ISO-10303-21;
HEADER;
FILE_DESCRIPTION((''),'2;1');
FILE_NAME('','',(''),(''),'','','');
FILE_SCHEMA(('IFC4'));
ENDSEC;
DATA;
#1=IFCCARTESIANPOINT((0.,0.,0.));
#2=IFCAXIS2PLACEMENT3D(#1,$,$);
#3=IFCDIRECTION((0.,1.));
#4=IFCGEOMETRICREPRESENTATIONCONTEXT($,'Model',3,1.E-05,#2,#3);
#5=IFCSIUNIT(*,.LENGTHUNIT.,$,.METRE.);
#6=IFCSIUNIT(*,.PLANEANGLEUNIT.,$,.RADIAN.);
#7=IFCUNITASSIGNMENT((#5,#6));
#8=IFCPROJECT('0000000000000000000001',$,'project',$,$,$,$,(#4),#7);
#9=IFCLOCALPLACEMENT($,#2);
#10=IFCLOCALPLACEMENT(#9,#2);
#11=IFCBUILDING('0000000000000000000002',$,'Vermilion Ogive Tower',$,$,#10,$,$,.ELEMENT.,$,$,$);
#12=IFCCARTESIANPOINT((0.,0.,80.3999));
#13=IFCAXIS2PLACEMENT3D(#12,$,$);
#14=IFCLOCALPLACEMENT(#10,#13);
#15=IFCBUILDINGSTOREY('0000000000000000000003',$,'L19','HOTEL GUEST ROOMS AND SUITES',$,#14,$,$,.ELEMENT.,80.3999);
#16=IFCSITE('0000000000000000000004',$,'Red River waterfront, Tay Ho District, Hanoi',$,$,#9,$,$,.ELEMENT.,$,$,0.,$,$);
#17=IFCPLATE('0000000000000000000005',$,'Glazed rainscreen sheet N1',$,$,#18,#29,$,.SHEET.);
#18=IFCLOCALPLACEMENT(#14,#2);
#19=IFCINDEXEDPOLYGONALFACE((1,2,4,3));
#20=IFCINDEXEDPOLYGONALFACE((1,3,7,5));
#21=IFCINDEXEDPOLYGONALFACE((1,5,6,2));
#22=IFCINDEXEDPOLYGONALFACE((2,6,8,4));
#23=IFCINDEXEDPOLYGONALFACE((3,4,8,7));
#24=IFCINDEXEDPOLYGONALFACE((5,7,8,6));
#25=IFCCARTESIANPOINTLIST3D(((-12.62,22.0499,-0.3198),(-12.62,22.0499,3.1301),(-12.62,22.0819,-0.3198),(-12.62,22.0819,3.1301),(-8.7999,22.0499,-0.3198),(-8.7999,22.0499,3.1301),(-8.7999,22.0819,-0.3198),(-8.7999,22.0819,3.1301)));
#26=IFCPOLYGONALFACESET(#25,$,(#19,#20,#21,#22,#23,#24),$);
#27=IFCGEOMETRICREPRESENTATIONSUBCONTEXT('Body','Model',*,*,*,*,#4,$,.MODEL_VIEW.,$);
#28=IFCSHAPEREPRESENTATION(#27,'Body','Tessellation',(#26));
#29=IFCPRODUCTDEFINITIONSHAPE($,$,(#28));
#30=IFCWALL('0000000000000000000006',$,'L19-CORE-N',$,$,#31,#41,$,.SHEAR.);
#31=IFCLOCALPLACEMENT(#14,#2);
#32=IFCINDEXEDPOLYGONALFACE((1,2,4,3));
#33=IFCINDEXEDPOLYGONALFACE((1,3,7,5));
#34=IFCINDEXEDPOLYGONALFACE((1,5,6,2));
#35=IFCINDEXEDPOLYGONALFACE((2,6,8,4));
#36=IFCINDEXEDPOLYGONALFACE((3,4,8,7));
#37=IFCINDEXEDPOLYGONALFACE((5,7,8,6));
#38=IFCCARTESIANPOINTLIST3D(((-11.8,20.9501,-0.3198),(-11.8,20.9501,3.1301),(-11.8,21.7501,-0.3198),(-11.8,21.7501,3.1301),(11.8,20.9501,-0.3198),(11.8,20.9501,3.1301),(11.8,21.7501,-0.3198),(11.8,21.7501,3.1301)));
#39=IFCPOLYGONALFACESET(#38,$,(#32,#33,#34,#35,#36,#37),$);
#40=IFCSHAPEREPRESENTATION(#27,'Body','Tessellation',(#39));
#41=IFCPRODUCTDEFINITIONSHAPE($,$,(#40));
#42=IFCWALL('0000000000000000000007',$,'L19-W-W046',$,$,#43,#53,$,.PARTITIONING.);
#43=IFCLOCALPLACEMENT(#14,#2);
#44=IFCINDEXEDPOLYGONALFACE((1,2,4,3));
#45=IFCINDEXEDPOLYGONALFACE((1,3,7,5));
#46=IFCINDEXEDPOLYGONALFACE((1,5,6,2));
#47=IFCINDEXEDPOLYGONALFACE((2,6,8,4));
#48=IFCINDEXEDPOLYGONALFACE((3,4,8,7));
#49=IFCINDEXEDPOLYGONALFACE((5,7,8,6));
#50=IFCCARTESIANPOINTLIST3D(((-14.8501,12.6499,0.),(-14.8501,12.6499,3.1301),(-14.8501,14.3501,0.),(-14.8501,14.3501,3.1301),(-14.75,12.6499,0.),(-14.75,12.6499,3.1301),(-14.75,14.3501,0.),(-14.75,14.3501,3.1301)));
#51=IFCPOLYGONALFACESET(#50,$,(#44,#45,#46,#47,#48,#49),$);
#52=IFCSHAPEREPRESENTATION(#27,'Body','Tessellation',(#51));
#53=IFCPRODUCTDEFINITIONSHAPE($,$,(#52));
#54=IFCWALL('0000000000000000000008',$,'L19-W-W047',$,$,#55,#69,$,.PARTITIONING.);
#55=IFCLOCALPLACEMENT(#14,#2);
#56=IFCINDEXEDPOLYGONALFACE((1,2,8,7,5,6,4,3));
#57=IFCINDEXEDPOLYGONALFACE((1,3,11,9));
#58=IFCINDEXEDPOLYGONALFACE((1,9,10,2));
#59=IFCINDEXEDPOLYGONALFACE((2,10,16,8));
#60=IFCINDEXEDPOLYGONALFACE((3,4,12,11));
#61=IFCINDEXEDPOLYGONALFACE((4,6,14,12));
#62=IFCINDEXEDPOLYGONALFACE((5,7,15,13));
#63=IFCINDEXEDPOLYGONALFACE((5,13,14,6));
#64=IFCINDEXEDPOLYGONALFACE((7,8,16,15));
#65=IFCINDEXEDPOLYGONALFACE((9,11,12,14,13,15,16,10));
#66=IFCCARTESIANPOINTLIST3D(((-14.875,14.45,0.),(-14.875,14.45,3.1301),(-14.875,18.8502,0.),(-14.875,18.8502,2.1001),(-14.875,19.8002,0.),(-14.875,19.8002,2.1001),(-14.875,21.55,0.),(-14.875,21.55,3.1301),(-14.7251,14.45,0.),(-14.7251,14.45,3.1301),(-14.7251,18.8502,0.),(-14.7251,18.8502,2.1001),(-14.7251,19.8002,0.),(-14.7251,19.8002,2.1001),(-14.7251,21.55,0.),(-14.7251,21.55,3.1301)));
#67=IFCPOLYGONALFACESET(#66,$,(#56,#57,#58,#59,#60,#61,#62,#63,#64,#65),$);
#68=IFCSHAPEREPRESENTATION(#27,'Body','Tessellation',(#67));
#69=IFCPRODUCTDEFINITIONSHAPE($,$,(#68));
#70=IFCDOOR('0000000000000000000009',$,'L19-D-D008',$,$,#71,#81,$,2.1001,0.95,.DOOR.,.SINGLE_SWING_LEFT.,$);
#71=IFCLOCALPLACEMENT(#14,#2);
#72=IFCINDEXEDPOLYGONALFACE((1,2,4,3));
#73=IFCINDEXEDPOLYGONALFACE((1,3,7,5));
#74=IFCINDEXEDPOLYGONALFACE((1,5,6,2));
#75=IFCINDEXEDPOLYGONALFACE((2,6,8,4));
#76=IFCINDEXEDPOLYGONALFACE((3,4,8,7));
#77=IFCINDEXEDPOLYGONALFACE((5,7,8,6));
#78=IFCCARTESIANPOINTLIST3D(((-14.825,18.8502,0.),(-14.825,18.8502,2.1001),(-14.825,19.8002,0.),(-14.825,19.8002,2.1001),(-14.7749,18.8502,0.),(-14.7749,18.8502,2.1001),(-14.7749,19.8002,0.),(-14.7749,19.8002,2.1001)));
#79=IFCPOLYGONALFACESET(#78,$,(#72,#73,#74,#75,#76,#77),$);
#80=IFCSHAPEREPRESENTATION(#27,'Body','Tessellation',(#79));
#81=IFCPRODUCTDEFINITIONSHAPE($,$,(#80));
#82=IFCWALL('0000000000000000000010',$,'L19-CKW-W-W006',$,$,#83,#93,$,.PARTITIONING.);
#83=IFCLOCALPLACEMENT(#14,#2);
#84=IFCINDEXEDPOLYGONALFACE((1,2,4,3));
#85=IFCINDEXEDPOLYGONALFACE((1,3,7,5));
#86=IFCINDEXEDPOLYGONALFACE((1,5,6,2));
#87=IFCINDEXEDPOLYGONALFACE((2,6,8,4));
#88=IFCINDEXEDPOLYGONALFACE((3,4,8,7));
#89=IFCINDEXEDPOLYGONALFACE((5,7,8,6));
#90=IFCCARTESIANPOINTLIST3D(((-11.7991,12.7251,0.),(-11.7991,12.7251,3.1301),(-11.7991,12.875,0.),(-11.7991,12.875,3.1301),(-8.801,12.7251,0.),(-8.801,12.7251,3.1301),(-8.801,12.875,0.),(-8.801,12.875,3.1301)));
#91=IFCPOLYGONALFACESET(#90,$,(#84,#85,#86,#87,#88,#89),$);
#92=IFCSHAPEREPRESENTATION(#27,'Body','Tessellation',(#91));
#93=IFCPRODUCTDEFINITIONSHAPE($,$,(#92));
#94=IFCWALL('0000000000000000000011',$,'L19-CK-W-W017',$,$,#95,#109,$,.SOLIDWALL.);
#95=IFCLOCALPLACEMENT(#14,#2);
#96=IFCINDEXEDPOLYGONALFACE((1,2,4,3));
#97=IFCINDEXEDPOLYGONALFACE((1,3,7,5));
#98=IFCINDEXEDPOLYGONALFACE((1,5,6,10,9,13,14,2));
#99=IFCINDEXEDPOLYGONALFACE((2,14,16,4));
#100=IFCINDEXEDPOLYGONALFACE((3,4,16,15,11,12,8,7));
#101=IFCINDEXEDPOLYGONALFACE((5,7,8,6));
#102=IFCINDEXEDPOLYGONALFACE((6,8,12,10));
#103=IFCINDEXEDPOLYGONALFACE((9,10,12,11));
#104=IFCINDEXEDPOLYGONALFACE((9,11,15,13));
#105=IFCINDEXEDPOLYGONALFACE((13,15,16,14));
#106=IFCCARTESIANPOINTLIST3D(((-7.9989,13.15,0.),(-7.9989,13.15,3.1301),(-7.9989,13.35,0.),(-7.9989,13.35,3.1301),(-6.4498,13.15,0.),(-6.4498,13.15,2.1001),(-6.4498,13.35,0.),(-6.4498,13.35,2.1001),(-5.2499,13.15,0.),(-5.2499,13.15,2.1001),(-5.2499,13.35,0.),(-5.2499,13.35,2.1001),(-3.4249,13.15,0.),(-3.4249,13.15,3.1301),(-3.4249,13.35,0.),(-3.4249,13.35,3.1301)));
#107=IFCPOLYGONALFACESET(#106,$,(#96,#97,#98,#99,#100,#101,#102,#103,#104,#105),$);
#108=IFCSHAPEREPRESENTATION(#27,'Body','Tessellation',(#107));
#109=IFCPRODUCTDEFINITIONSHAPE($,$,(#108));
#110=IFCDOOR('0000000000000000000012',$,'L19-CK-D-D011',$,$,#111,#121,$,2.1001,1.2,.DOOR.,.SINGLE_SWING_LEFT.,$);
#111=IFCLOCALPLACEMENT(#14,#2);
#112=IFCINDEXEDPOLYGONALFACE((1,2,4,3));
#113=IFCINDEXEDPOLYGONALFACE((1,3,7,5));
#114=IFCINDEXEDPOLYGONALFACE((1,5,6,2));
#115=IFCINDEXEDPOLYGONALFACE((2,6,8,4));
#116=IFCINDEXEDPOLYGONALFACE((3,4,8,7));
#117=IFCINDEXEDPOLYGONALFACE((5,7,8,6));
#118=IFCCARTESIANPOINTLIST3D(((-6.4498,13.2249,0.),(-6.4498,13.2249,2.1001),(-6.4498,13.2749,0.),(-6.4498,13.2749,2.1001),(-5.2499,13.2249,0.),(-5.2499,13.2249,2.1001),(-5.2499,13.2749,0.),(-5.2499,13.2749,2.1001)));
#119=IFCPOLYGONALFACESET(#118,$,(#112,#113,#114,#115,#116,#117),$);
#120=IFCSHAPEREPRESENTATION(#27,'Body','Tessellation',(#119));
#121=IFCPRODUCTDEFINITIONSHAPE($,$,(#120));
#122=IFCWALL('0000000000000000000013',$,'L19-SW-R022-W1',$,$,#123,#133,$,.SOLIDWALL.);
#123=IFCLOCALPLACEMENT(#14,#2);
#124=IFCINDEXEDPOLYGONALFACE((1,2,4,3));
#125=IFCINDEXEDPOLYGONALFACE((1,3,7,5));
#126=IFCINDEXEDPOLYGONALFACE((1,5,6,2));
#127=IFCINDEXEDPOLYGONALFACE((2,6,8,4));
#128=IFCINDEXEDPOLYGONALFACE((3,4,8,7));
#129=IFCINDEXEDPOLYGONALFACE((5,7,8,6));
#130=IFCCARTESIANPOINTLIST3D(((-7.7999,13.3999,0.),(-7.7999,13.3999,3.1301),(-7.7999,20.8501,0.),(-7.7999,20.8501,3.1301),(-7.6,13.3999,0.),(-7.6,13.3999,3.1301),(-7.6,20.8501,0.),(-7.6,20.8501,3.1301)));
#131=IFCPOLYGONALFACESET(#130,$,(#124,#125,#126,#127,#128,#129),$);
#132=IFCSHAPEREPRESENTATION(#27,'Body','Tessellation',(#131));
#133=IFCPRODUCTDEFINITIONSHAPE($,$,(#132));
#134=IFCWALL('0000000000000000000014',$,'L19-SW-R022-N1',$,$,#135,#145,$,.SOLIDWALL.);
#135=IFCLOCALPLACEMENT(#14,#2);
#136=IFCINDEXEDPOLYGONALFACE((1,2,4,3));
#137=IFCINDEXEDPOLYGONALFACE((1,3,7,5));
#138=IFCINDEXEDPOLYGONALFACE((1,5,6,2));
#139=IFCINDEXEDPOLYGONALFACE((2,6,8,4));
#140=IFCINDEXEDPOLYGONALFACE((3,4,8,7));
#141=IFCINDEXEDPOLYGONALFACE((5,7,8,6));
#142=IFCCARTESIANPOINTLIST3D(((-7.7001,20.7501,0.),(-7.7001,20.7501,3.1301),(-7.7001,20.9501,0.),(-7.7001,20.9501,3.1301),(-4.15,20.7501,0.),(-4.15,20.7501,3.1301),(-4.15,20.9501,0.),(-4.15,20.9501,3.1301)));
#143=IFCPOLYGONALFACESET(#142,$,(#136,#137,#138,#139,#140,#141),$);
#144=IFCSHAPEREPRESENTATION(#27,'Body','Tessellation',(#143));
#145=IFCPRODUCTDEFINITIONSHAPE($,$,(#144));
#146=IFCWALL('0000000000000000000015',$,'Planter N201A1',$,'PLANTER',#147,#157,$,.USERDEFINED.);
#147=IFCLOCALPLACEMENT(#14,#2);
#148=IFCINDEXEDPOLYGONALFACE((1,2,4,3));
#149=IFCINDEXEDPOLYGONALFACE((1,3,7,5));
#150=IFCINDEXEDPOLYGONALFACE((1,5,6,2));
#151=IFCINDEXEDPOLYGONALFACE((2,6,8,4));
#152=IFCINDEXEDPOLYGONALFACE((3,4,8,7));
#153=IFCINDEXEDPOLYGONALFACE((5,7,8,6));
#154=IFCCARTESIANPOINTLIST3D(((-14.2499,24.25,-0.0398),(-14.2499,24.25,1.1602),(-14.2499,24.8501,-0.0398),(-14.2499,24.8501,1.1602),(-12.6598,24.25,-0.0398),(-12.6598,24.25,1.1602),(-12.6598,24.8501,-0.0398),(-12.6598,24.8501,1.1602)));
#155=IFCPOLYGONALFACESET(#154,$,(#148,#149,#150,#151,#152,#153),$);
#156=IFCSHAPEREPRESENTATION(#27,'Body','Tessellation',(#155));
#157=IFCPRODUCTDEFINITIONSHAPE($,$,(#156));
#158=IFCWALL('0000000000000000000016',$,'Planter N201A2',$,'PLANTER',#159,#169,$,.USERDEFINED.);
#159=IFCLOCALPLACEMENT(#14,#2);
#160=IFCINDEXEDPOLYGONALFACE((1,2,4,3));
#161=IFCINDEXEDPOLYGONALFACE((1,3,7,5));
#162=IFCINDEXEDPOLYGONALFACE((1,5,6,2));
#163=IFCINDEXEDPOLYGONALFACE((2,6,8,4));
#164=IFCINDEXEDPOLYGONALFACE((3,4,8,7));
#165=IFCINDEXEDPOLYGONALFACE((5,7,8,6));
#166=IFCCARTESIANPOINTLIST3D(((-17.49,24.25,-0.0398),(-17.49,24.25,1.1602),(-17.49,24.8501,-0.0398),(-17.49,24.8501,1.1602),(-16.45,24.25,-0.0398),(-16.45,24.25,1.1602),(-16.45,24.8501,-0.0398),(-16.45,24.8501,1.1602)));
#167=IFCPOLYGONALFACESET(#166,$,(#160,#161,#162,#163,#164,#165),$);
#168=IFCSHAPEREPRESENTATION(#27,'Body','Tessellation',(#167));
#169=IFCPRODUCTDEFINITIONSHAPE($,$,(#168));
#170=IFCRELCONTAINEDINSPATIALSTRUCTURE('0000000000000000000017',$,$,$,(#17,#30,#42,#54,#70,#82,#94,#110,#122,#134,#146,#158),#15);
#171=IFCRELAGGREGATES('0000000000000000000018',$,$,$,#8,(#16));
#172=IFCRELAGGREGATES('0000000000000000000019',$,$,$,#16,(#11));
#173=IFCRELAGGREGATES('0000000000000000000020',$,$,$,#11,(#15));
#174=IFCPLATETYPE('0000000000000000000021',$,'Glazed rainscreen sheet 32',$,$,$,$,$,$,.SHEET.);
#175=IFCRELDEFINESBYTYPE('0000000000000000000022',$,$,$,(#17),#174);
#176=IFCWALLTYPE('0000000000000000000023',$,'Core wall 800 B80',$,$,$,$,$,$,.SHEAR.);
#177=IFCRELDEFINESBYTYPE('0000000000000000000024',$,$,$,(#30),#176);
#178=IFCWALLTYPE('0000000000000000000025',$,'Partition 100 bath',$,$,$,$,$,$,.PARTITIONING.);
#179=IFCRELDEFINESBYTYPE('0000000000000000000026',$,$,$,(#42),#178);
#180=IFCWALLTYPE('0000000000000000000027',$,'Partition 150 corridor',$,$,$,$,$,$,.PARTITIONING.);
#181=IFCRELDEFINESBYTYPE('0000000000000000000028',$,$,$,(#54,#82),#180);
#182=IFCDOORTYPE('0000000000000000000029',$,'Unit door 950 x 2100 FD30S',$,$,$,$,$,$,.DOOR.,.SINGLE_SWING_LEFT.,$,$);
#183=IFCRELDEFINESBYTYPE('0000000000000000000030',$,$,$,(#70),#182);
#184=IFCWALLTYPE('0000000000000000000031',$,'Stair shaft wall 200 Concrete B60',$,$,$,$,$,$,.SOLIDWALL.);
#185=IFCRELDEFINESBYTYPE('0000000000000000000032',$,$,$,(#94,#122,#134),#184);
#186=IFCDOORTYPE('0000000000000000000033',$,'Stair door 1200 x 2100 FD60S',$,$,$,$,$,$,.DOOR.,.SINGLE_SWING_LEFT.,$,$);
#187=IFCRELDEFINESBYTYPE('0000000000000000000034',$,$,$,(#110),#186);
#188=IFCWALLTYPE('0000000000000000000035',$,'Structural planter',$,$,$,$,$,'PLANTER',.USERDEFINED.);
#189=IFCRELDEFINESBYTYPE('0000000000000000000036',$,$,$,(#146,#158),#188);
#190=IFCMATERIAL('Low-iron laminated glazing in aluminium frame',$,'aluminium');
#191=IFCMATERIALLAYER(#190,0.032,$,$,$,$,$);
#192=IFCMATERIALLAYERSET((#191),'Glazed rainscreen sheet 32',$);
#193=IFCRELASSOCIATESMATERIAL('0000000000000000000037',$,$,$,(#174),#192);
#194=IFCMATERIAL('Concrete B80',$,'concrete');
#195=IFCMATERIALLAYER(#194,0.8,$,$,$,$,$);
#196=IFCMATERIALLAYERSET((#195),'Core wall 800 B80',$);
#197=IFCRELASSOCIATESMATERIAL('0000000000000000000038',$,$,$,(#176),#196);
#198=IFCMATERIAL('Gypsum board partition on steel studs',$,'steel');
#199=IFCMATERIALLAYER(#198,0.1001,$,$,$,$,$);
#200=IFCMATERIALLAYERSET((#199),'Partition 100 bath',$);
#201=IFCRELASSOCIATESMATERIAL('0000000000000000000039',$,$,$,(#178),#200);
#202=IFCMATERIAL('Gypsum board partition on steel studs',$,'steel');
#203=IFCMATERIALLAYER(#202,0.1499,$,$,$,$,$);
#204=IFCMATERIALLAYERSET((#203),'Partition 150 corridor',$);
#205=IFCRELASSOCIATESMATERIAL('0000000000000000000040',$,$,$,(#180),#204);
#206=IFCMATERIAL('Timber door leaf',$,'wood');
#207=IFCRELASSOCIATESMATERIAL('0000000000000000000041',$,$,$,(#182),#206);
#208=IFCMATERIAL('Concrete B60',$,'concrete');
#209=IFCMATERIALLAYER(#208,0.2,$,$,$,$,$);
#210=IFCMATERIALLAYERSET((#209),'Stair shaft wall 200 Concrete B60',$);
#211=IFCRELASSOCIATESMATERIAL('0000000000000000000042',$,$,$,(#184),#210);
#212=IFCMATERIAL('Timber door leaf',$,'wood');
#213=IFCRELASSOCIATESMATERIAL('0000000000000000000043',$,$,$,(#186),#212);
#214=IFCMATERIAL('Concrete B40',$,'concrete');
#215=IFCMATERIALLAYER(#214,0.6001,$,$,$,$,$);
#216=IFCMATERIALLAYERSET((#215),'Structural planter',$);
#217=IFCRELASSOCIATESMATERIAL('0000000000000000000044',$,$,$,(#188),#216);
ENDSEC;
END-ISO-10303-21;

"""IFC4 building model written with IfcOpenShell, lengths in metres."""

from ifc_helpers import new_model, si_unit, direction, frame, frame_2d, origin, origin_2d, place, context, subcontext, project, spatial, rectangle, extrude, material, layer, layer_set, type_object, element, fill, save


model = new_model("IFC4")

# Units and contexts
model_context = context("Model", 3, precision=1e-05, world=origin(), true_north=direction((0.0, 1.0)))
body_context = subcontext(model_context, "Body", "Model", "MODEL_VIEW")
ifc_project = project(units=[si_unit("LENGTHUNIT", "METRE"), si_unit("PLANEANGLEUNIT", "RADIAN")], contexts=[model_context])

# Site, building, storey
site_placement = place(None, origin())
site = spatial("IfcSite", under=ifc_project, at=site_placement, Name="Red River waterfront, Tay Ho District, Hanoi", CompositionType="ELEMENT", RefElevation=0.0)
building_placement = place(site_placement, origin())
building = spatial("IfcBuilding", under=site, at=building_placement, Name="Vermilion Ogive Tower", CompositionType="ELEMENT")
storey_placement = place(building_placement, frame((0.0, 0.0, 80.3999)))
storey = spatial("IfcBuildingStorey", under=building, at=storey_placement, Name="L19", Description="HOTEL GUEST ROOMS AND SUITES", CompositionType="ELEMENT", Elevation=80.3999)

# Plate
ifc_material_1 = material(Name="Low-iron laminated glazing in aluminium frame", Category="aluminium")
ifc_layer_1 = layer(ifc_material_1, 0.032)
ifc_layer_set_1 = layer_set([ifc_layer_1], Name="Glazed rainscreen sheet 32")
plate_type = type_object("IfcPlateType", Name="Glazed rainscreen sheet 32", PredefinedType="SHEET", material=ifc_layer_set_1)
plate_placement = place(storey_placement, frame((-10.71, 22.0659, -0.3198), z_axis=(0.0, 0.0, 1.0), x_axis=(1.0, 0.0, 0.0)))
element("IfcPlate", 1, at=plate_placement, inside=storey, type_object=plate_type, Name="Glazed rainscreen sheet N1", PredefinedType="SHEET", context=body_context, shape_type="SweptSolid", body=[
    extrude(rectangle(XDim=3.8201, YDim=0.032, at=origin_2d()), origin(), (0.0, 0.0, 1.0), 3.45),
])

# Walls
ifc_material_2 = material(Name="Concrete B80", Category="concrete")
ifc_layer_2 = layer(ifc_material_2, 0.8)
ifc_layer_set_2 = layer_set([ifc_layer_2], Name="Core wall 800 B80")
wall_type_1 = type_object("IfcWallType", Name="Core wall 800 B80", PredefinedType="SHEAR", material=ifc_layer_set_2)
wall_1_placement = place(storey_placement, frame((-11.8, 21.3501, -0.3198), z_axis=(0.0, 0.0, 1.0), x_axis=(1.0, 0.0, 0.0)))
element("IfcWall", 2, at=wall_1_placement, inside=storey, type_object=wall_type_1, Name="L19-CORE-N", PredefinedType="SHEAR", context=body_context, shape_type="SweptSolid", body=[
    extrude(rectangle(XDim=23.6001, YDim=0.8, at=frame_2d((11.8, 0.0))), origin(), (0.0, 0.0, 1.0), 3.45),
])
ifc_material_3 = material(Name="Gypsum board partition on steel studs", Category="steel")
ifc_layer_3 = layer(ifc_material_3, 0.1001)
ifc_layer_set_3 = layer_set([ifc_layer_3], Name="Partition 100 bath")
wall_type_2 = type_object("IfcWallType", Name="Partition 100 bath", PredefinedType="PARTITIONING", material=ifc_layer_set_3)
wall_2_placement = place(storey_placement, frame((-14.8, 12.6499, 0.0), z_axis=(0.0, 0.0, 1.0), x_axis=(0.0, 1.0, 0.0)))
element("IfcWall", 3, at=wall_2_placement, inside=storey, type_object=wall_type_2, Name="L19-W-W046", PredefinedType="PARTITIONING", context=body_context, shape_type="SweptSolid", body=[
    extrude(rectangle(XDim=1.7002, YDim=0.1001, at=frame_2d((0.8501, 0.0))), origin(), (0.0, 0.0, 1.0), 3.1301),
])

# Wall, opening, door
ifc_material_4 = material(Name="Gypsum board partition on steel studs", Category="steel")
ifc_layer_4 = layer(ifc_material_4, 0.1499)
ifc_layer_set_4 = layer_set([ifc_layer_4], Name="Partition 150 corridor")
wall_type_3 = type_object("IfcWallType", Name="Partition 150 corridor", PredefinedType="PARTITIONING", material=ifc_layer_set_4)
wall_3_placement = place(storey_placement, frame((-14.8, 14.45, 0.0), z_axis=(0.0, 0.0, 1.0), x_axis=(0.0, 1.0, 0.0)))
wall_3 = element("IfcWall", 4, at=wall_3_placement, inside=storey, type_object=wall_type_3, Name="L19-W-W047", PredefinedType="PARTITIONING", context=body_context, shape_type="SweptSolid", body=[
    extrude(rectangle(XDim=7.1001, YDim=0.1499, at=frame_2d((3.55, 0.0))), origin(), (0.0, 0.0, 1.0), 3.1301),
])
opening_1_placement = place(wall_3_placement, frame((4.4001, 0.0, 0.0)))
opening_1 = element("IfcOpeningElement", 5, at=opening_1_placement, cuts=wall_3, PredefinedType="OPENING", context=body_context, shape_type="SweptSolid", body=[
    extrude(rectangle(XDim=0.95, YDim=2.1001, at=frame_2d((0.4751, 1.05))), frame((0.0, 0.085, 0.0), z_axis=(0.0, -1.0, 0.0), x_axis=(1.0, 0.0, 0.0)), (0.0, 0.0, 1.0), 0.1699),
])
ifc_material_5 = material(Name="Timber door leaf", Category="wood")
door_type_1 = type_object("IfcDoorType", Name="Unit door 950 x 2100 FD30S", OperationType="SINGLE_SWING_LEFT", PredefinedType="DOOR", material=ifc_material_5)
door_1_placement = place(opening_1_placement, origin())
door_1 = element("IfcDoor", 6, at=door_1_placement, inside=storey, type_object=door_type_1, Name="L19-D-D008", OperationType="SINGLE_SWING_LEFT", OverallHeight=2.1001, OverallWidth=0.95, PredefinedType="DOOR", context=body_context, shape_type="SweptSolid", body=[
    extrude(rectangle(XDim=0.95, YDim=2.1001, at=frame_2d((0.4751, 1.05))), frame((0.0, 0.0249, 0.0), z_axis=(0.0, -1.0, 0.0), x_axis=(1.0, 0.0, 0.0)), (0.0, 0.0, 1.0), 0.05),
])
fill(opening_1, door_1)

# Wall
wall_4_placement = place(storey_placement, frame((-11.7991, 12.8, 0.0), z_axis=(0.0, 0.0, 1.0), x_axis=(1.0, 0.0, 0.0)))
element("IfcWall", 7, at=wall_4_placement, inside=storey, type_object=wall_type_3, Name="L19-CKW-W-W006", PredefinedType="PARTITIONING", context=body_context, shape_type="SweptSolid", body=[
    extrude(rectangle(XDim=2.998, YDim=0.1499, at=frame_2d((1.499, 0.0))), origin(), (0.0, 0.0, 1.0), 3.1301),
])

# Wall, opening, door
ifc_material_6 = material(Name="Concrete B60", Category="concrete")
ifc_layer_5 = layer(ifc_material_6, 0.2)
ifc_layer_set_5 = layer_set([ifc_layer_5], Name="Stair shaft wall 200 Concrete B60")
wall_type_4 = type_object("IfcWallType", Name="Stair shaft wall 200 Concrete B60", PredefinedType="SOLIDWALL", material=ifc_layer_set_5)
wall_5_placement = place(storey_placement, frame((-7.999, 13.25, 0.0), z_axis=(0.0, 0.0, 1.0), x_axis=(1.0, 0.0, 0.0)))
wall_5 = element("IfcWall", 8, at=wall_5_placement, inside=storey, type_object=wall_type_4, Name="L19-CK-W-W017", PredefinedType="SOLIDWALL", context=body_context, shape_type="SweptSolid", body=[
    extrude(rectangle(XDim=4.574, YDim=0.2, at=frame_2d((2.2871, 0.0))), origin(), (0.0, 0.0, 1.0), 3.1301),
])
opening_2_placement = place(wall_5_placement, frame((1.5491, 0.0, 0.0)))
opening_2 = element("IfcOpeningElement", 9, at=opening_2_placement, cuts=wall_5, PredefinedType="OPENING", context=body_context, shape_type="SweptSolid", body=[
    extrude(rectangle(XDim=1.2, YDim=2.1001, at=frame_2d((0.6001, 1.05))), frame((0.0, 0.1099, 0.0), z_axis=(0.0, -1.0, 0.0), x_axis=(1.0, 0.0, 0.0)), (0.0, 0.0, 1.0), 0.22),
])
ifc_material_7 = material(Name="Timber door leaf", Category="wood")
door_type_2 = type_object("IfcDoorType", Name="Stair door 1200 x 2100 FD60S", OperationType="SINGLE_SWING_LEFT", PredefinedType="DOOR", material=ifc_material_7)
door_2_placement = place(opening_2_placement, origin())
door_2 = element("IfcDoor", 10, at=door_2_placement, inside=storey, type_object=door_type_2, Name="L19-CK-D-D011", OperationType="SINGLE_SWING_LEFT", OverallHeight=2.1001, OverallWidth=1.2, PredefinedType="DOOR", context=body_context, shape_type="SweptSolid", body=[
    extrude(rectangle(XDim=1.2, YDim=2.1001, at=frame_2d((0.6001, 1.05))), frame((0.0, 0.0249, 0.0), z_axis=(0.0, -1.0, 0.0), x_axis=(1.0, 0.0, 0.0)), (0.0, 0.0, 1.0), 0.05),
])
fill(opening_2, door_2)

# Walls
wall_6_placement = place(storey_placement, frame((-7.7, 13.3999, 0.0), z_axis=(0.0, 0.0, 1.0), x_axis=(0.0, 1.0, 0.0)))
element("IfcWall", 11, at=wall_6_placement, inside=storey, type_object=wall_type_4, Name="L19-SW-R022-W1", PredefinedType="SOLIDWALL", context=body_context, shape_type="SweptSolid", body=[
    extrude(rectangle(XDim=7.4502, YDim=0.2, at=frame_2d((3.7251, 0.0))), origin(), (0.0, 0.0, 1.0), 3.1301),
])
wall_7_placement = place(storey_placement, frame((-7.7, 20.8501, 0.0), z_axis=(0.0, 0.0, 1.0), x_axis=(1.0, 0.0, 0.0)))
element("IfcWall", 12, at=wall_7_placement, inside=storey, type_object=wall_type_4, Name="L19-SW-R022-N1", PredefinedType="SOLIDWALL", context=body_context, shape_type="SweptSolid", body=[
    extrude(rectangle(XDim=3.55, YDim=0.2, at=frame_2d((1.7749, 0.0))), origin(), (0.0, 0.0, 1.0), 3.1301),
])
ifc_material_8 = material(Name="Concrete B40", Category="concrete")
ifc_layer_6 = layer(ifc_material_8, 0.6001)
ifc_layer_set_6 = layer_set([ifc_layer_6], Name="Structural planter")
wall_type_5 = type_object("IfcWallType", Name="Structural planter", ElementType="PLANTER", PredefinedType="USERDEFINED", material=ifc_layer_set_6)
wall_8_placement = place(storey_placement, frame((-12.6599, 24.55, -0.0398), z_axis=(0.0, 0.0, 1.0), x_axis=(-1.0, 0.0, 0.0)))
element("IfcWall", 13, at=wall_8_placement, inside=storey, type_object=wall_type_5, Name="Planter N201A1", ObjectType="PLANTER", PredefinedType="USERDEFINED", context=body_context, shape_type="SweptSolid", body=[
    extrude(rectangle(XDim=1.5901, YDim=0.6001, at=frame_2d((0.7949, 0.0))), origin(), (0.0, 0.0, 1.0), 1.2),
])
wall_9_placement = place(storey_placement, frame((-16.45, 24.55, -0.0398), z_axis=(0.0, 0.0, 1.0), x_axis=(-1.0, 0.0, 0.0)))
element("IfcWall", 14, at=wall_9_placement, inside=storey, type_object=wall_type_5, Name="Planter N201A2", ObjectType="PLANTER", PredefinedType="USERDEFINED", context=body_context, shape_type="SweptSolid", body=[
    extrude(rectangle(XDim=1.04, YDim=0.6001, at=frame_2d((0.52, 0.0))), origin(), (0.0, 0.0, 1.0), 1.2),
])

save(model, "model.ifc")
